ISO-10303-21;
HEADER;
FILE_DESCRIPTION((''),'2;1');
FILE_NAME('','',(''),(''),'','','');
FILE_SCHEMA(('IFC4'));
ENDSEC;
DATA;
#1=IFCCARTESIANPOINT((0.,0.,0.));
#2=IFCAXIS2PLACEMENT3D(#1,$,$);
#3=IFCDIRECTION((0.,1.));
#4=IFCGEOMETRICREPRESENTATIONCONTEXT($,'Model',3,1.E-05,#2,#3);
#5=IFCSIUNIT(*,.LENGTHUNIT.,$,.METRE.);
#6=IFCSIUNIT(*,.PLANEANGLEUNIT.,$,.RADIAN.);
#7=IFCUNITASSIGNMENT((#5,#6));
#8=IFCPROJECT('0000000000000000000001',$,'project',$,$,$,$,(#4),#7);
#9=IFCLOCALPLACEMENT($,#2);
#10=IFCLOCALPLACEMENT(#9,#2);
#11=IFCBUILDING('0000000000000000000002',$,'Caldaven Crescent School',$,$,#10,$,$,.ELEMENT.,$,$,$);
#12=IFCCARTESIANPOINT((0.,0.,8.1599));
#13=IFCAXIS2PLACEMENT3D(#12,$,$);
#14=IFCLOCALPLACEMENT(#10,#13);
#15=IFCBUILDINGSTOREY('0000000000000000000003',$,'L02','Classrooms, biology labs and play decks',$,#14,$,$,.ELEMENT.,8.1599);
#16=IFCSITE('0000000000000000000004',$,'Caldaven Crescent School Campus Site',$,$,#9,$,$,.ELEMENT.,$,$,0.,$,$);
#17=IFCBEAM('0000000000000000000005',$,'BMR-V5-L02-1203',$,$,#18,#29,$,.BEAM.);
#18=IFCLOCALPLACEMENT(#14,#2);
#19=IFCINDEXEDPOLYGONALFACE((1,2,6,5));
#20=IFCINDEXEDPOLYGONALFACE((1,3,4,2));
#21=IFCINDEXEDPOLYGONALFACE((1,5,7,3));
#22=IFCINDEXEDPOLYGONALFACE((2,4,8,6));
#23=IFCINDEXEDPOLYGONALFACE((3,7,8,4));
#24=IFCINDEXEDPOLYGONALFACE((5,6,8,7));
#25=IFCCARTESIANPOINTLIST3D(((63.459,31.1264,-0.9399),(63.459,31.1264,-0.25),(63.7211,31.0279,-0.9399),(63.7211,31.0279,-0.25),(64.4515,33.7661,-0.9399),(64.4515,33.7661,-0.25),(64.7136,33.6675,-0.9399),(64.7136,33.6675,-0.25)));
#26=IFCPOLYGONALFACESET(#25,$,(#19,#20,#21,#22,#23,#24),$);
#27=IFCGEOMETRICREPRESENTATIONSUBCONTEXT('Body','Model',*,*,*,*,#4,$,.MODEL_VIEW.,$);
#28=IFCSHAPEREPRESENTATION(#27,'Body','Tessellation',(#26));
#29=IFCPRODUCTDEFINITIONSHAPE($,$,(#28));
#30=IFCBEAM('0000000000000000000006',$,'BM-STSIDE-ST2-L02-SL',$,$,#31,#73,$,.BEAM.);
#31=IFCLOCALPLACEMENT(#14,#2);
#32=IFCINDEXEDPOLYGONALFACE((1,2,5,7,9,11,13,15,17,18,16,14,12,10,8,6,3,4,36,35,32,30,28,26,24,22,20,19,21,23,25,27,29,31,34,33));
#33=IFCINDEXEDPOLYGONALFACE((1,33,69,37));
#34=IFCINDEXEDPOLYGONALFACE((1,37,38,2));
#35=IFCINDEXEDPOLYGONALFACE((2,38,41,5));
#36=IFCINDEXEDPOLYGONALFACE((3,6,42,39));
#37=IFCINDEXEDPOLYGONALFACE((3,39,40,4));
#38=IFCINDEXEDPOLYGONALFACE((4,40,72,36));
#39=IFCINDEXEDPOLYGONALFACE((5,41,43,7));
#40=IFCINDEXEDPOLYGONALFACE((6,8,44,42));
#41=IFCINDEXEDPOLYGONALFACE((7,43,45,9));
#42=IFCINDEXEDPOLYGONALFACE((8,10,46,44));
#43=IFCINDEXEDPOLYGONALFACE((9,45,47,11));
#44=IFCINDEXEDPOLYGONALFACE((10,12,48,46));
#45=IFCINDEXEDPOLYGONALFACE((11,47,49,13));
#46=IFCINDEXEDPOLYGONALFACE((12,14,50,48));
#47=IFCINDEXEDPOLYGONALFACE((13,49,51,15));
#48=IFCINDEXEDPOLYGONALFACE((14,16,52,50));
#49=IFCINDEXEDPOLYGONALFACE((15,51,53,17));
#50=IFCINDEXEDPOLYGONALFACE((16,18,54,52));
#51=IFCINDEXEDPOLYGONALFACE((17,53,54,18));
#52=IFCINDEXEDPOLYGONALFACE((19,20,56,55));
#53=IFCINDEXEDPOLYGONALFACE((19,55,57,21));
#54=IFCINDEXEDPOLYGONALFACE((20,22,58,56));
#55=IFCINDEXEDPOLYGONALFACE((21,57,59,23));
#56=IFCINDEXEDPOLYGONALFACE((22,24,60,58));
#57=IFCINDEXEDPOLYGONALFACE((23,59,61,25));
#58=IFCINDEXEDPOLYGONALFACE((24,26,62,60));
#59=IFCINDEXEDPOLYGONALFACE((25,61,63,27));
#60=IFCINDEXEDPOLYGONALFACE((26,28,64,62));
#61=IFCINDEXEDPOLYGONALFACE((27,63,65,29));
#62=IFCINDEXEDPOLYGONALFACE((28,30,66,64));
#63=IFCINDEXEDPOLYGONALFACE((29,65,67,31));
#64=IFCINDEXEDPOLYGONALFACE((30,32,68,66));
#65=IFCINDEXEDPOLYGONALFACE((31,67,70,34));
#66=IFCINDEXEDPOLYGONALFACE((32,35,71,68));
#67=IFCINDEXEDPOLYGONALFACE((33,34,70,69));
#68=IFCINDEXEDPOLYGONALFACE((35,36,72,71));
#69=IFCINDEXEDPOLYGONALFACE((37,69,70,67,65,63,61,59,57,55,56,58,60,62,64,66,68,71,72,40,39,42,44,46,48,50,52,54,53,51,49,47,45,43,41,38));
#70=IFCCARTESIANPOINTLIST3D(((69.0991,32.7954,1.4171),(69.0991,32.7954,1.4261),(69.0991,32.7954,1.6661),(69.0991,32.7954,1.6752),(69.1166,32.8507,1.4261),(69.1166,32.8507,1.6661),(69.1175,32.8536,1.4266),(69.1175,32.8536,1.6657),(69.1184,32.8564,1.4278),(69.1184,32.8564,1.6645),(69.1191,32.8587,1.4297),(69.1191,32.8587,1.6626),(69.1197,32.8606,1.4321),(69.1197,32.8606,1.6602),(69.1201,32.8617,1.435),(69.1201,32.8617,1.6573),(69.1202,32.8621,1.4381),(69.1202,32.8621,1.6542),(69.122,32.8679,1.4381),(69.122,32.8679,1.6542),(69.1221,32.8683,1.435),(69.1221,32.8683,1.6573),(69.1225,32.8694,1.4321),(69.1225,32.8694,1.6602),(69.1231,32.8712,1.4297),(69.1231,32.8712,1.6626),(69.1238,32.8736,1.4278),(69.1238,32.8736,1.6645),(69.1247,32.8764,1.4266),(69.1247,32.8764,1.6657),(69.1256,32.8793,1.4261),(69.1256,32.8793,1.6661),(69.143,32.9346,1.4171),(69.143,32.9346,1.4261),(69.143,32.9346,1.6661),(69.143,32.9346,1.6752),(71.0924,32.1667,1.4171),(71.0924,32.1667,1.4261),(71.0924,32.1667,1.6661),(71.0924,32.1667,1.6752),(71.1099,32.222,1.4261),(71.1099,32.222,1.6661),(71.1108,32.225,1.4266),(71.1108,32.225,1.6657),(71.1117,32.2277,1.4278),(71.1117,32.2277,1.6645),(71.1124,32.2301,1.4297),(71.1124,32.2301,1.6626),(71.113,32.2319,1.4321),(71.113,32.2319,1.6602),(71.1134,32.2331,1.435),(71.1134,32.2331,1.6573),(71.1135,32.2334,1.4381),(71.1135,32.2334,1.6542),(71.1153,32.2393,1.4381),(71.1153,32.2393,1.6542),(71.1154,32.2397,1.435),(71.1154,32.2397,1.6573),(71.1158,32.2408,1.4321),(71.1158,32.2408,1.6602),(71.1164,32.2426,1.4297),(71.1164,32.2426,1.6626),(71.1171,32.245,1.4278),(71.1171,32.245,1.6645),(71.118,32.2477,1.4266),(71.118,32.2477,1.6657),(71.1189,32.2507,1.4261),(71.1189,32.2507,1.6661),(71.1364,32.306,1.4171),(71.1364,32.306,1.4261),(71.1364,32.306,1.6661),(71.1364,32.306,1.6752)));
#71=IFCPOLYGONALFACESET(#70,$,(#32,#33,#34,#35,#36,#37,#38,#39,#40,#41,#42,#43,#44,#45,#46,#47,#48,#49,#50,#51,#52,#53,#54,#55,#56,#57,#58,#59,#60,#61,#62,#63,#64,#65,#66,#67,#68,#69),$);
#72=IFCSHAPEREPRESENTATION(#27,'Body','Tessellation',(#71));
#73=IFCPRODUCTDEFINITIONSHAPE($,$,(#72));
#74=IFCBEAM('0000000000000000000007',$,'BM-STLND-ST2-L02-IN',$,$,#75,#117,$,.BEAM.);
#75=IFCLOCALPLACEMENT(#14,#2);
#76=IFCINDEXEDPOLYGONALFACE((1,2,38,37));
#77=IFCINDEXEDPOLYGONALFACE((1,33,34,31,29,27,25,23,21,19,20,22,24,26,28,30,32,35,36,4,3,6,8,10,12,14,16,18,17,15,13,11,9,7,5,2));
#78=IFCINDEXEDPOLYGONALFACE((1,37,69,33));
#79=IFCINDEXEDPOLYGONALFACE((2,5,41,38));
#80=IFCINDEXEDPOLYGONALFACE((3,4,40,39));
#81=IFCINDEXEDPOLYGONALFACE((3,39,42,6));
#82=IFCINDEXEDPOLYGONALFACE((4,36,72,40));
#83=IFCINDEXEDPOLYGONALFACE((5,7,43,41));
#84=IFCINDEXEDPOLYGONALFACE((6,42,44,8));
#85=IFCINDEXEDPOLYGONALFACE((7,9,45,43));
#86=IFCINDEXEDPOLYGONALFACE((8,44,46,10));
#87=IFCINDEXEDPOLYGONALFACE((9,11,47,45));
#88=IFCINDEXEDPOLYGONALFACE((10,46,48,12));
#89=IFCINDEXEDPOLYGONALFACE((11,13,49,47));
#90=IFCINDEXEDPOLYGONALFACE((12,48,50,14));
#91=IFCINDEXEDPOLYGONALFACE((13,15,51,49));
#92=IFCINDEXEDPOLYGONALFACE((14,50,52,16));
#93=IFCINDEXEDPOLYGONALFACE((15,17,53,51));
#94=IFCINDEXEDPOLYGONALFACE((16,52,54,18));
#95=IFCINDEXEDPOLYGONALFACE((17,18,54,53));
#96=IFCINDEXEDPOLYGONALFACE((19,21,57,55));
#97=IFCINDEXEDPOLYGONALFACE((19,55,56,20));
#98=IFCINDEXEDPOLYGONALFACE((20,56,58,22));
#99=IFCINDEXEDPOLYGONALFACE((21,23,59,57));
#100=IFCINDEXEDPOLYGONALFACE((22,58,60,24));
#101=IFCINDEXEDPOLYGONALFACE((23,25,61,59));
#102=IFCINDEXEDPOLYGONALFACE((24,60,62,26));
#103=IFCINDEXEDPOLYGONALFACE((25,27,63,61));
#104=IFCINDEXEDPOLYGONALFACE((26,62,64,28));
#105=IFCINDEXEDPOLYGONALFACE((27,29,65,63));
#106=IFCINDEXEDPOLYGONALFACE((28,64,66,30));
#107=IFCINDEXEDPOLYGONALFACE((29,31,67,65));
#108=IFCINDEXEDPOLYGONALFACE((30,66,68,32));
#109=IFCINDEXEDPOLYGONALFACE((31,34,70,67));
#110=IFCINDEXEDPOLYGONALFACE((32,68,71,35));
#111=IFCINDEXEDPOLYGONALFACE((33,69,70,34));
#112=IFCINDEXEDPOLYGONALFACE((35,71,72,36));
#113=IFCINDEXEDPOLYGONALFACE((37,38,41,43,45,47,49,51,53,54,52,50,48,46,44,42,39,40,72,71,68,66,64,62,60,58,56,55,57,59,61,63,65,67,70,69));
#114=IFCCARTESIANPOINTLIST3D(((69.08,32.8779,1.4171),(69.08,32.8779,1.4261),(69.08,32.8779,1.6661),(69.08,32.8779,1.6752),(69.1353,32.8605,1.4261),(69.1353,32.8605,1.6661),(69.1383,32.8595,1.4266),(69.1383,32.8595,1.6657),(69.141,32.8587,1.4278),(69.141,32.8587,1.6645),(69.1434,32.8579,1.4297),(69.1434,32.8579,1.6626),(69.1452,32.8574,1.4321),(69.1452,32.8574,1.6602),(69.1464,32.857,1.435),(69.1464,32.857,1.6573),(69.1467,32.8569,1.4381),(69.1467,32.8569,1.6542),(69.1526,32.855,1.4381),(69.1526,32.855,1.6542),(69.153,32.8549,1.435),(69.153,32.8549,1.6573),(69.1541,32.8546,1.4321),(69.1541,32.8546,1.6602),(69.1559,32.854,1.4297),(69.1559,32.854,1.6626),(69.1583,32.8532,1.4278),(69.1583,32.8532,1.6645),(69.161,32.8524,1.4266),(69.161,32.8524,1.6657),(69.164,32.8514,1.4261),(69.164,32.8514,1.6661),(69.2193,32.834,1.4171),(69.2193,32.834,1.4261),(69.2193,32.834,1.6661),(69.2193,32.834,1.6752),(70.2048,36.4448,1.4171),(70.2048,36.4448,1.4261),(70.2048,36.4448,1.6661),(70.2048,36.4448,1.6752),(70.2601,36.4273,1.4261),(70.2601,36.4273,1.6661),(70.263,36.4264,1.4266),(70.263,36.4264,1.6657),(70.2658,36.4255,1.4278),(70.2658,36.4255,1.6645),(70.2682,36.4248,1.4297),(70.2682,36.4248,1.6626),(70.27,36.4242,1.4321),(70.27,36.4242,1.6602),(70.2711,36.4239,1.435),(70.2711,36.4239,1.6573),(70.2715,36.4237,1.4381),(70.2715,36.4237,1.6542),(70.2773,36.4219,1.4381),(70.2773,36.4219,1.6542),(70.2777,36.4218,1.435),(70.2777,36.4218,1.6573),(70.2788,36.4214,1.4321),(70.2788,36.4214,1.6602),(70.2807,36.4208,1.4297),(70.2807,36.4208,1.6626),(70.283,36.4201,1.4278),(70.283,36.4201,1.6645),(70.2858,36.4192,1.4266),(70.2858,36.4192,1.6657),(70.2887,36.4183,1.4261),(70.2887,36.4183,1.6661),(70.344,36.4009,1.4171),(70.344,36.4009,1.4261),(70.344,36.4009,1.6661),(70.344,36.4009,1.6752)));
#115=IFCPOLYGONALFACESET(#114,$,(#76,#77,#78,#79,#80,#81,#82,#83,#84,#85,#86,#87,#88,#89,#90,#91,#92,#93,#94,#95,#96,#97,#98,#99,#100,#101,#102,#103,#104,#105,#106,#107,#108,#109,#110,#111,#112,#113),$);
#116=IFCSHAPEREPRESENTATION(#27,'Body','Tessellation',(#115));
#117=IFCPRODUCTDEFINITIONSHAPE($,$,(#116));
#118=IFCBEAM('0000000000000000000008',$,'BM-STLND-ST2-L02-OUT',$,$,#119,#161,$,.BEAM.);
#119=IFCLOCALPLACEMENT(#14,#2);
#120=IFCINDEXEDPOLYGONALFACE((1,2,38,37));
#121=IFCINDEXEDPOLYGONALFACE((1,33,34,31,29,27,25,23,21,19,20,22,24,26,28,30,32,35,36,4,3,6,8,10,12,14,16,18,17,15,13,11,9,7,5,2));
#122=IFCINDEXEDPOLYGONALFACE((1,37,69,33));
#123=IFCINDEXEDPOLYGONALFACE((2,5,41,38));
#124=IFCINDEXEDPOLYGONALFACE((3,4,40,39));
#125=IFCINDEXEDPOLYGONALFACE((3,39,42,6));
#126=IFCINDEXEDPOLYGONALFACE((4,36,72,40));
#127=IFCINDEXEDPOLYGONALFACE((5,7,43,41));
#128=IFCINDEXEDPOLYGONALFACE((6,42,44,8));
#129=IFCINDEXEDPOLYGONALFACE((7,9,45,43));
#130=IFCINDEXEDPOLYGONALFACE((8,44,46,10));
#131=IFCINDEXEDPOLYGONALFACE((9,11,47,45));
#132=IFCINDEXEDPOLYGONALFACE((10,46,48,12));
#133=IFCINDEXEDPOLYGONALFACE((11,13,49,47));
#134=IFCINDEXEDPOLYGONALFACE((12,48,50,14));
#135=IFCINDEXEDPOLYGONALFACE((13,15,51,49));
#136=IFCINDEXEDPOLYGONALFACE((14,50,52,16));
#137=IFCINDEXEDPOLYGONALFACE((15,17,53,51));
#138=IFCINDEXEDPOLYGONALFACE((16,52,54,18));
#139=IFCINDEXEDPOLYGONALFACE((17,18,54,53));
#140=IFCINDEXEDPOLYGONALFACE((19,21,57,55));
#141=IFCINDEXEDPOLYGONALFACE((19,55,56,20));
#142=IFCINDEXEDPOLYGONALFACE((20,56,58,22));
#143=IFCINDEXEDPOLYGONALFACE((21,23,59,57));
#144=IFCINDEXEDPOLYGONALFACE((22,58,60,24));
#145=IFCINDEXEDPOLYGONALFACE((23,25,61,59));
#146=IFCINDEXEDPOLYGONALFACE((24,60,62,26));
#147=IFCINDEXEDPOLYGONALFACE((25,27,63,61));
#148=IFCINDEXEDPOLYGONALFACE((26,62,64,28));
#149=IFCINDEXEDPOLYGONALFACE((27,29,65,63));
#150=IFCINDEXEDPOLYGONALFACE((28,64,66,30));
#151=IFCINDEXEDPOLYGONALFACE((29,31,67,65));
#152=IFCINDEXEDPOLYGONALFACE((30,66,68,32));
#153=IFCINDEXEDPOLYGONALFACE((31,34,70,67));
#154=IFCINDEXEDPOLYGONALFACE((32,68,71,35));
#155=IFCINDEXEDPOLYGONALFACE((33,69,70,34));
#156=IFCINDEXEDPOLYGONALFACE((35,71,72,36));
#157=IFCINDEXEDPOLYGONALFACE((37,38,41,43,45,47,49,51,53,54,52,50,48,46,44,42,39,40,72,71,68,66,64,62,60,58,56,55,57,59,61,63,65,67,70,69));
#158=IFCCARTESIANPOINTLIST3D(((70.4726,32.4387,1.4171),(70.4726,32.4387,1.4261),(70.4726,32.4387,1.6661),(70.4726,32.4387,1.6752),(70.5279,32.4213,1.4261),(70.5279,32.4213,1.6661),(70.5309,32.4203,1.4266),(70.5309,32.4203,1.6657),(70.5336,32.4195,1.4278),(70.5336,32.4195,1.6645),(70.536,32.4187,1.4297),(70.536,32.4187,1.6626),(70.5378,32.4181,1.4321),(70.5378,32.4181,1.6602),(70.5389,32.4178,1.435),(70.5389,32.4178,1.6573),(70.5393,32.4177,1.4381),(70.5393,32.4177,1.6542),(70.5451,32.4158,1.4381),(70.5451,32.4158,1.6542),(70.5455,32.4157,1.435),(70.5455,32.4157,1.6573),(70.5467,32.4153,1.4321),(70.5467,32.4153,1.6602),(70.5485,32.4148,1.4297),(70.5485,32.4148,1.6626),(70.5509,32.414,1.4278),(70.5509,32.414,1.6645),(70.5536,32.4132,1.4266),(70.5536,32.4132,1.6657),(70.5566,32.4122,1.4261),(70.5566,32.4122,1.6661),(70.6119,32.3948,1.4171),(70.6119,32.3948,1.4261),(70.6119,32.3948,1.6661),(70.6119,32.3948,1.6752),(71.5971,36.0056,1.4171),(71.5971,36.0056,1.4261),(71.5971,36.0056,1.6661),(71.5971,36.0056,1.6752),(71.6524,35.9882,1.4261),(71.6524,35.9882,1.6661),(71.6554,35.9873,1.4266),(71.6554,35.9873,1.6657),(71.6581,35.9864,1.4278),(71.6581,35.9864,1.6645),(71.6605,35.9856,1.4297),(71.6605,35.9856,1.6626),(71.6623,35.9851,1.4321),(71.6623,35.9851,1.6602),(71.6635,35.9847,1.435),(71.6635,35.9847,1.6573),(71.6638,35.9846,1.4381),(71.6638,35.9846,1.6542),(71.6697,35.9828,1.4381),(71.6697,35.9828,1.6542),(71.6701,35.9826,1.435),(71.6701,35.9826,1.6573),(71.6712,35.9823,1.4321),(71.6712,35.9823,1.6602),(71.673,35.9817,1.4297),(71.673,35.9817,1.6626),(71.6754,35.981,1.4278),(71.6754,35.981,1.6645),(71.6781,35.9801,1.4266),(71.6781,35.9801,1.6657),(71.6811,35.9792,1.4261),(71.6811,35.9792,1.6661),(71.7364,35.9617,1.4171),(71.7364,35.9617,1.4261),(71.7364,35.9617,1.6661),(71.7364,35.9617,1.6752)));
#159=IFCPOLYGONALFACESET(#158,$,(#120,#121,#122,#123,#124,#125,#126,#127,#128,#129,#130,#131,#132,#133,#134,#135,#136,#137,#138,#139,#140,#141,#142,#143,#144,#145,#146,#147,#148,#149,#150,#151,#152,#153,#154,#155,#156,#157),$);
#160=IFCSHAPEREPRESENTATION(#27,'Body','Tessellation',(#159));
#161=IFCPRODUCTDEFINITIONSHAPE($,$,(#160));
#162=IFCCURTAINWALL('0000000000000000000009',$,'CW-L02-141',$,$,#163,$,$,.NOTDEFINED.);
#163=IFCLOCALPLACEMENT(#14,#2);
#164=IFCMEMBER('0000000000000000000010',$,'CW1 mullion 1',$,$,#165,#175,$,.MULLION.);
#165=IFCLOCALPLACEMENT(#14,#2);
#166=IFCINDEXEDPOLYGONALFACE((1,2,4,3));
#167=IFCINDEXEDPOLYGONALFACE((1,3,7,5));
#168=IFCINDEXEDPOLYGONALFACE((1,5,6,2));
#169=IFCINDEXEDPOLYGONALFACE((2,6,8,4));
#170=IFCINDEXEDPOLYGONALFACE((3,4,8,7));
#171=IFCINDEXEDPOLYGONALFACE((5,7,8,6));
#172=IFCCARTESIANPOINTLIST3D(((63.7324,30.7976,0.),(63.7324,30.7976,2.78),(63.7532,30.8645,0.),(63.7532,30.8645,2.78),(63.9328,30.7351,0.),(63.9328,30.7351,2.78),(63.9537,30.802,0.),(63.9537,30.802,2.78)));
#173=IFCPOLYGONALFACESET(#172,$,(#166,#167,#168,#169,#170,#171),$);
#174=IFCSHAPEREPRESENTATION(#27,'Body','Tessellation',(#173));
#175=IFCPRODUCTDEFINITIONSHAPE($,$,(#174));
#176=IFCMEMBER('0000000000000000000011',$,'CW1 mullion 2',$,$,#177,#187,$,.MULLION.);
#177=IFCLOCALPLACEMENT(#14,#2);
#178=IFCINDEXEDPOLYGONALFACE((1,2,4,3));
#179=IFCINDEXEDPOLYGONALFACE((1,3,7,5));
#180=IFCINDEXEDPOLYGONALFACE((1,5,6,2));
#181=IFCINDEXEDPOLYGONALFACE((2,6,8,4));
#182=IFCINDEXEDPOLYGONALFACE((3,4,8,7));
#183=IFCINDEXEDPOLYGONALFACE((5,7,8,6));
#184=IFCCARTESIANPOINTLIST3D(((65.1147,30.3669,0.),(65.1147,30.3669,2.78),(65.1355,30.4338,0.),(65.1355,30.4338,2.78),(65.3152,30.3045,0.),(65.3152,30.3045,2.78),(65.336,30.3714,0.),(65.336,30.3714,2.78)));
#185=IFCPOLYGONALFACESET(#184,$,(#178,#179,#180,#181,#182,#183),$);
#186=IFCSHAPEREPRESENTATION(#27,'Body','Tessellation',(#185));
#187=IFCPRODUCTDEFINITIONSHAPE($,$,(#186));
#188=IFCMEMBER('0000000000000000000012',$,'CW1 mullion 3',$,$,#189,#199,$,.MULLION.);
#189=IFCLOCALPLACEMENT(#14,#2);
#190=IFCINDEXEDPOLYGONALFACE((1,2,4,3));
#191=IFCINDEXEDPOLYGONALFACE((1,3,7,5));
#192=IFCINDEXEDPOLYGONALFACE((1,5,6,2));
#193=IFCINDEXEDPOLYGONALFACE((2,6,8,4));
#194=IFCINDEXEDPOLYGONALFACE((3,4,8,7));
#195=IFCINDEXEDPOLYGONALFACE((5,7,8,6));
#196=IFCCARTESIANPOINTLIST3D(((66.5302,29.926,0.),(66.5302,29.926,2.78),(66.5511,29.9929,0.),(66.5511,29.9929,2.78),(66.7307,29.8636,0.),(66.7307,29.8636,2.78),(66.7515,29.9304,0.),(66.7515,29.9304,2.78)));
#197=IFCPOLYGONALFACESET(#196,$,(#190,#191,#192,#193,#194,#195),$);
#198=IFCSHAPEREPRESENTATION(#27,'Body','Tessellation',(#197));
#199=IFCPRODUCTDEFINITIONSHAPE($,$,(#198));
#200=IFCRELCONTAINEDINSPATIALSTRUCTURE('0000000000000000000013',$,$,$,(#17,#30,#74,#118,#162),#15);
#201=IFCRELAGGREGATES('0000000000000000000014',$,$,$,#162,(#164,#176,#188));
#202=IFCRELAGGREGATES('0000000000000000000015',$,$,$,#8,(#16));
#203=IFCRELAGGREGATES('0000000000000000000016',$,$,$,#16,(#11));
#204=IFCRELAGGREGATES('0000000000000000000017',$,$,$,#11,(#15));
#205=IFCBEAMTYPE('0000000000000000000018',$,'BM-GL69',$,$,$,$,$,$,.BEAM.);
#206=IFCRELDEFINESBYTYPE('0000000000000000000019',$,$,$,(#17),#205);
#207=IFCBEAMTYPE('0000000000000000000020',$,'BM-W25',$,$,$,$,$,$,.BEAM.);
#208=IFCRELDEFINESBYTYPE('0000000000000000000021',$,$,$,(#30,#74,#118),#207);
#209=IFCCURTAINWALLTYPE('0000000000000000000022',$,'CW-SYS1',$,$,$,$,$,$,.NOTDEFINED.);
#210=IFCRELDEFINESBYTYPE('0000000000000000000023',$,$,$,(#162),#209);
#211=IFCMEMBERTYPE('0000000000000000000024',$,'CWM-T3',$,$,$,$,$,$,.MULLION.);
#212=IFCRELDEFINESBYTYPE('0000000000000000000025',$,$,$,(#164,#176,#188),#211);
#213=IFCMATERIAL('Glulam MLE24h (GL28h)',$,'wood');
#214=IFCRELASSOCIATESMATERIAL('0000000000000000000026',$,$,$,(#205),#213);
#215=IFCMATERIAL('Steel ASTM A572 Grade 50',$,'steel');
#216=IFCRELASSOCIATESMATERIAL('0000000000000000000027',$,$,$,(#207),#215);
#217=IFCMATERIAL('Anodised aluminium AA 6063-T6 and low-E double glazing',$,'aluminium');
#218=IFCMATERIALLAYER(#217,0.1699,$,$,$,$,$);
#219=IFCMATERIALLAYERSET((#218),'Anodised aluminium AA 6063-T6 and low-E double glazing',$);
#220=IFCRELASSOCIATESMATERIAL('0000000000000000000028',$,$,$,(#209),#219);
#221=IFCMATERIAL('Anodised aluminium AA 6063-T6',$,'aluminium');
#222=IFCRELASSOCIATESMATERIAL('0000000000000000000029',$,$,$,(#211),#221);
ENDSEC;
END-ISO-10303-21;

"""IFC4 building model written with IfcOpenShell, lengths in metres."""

from ifc_helpers import new_model, si_unit, direction, frame, origin, origin_2d, place, context, subcontext, project, spatial, rectangle, i_section, extrude, material, layer, layer_set, material_profile, profile_set, type_object, element, aggregate, save


model = new_model("IFC4")

# Units and contexts
model_context = context("Model", 3, precision=1e-05, world=origin(), true_north=direction((0.0, 1.0)))
body_context = subcontext(model_context, "Body", "Model", "MODEL_VIEW")
ifc_project = project(units=[si_unit("LENGTHUNIT", "METRE"), si_unit("PLANEANGLEUNIT", "RADIAN")], contexts=[model_context])

# Site, building, storey
site_placement = place(None, origin())
site = spatial("IfcSite", under=ifc_project, at=site_placement, Name="Caldaven Crescent School Campus Site", CompositionType="ELEMENT", RefElevation=0.0)
building_placement = place(site_placement, origin())
building = spatial("IfcBuilding", under=site, at=building_placement, Name="Caldaven Crescent School", CompositionType="ELEMENT")
storey_placement = place(building_placement, frame((0.0, 0.0, 8.1599)))
storey = spatial("IfcBuildingStorey", under=building, at=storey_placement, Name="L02", Description="Classrooms, biology labs and play decks", CompositionType="ELEMENT", Elevation=8.1599)

# Shared definitions
ifc_material_1 = material(Name="Glulam MLE24h (GL28h)", Category="wood")
ifc_material_2 = material(Name="Steel ASTM A572 Grade 50", Category="steel")

# Beams
ifc_material_profile_1 = material_profile(ifc_material_1, rectangle(XDim=0.28, YDim=0.6899, at=origin_2d()), Name="MLE 280x690")
ifc_profile_set_1 = profile_set([ifc_material_profile_1], Name="Glulam MLE24h (GL28h)")
beam_type_1 = type_object("IfcBeamType", Name="BM-GL69", PredefinedType="BEAM", material=ifc_profile_set_1)
beam_1_placement = place(storey_placement, frame((64.5825, 33.7168, -0.595), z_axis=(-0.35192, -0.93603, 0.0), x_axis=(0.93603, -0.35192, 0.0)))
element("IfcBeam", 1, at=beam_1_placement, inside=storey, type_object=beam_type_1, Name="BMR-V5-L02-1203", PredefinedType="BEAM", context=body_context, shape_type="SweptSolid", body=[
    extrude(rectangle(XDim=0.28, YDim=0.6899, at=origin_2d()), origin(), (0.0, 0.0, 1.0), 2.8201),
])
ifc_material_profile_2 = material_profile(ifc_material_2, i_section(OverallWidth=0.146, OverallDepth=0.2581, WebThickness=0.0061, FlangeThickness=0.009, FilletRadius=0.012, at=origin_2d()), Name="W250x33")
ifc_profile_set_2 = profile_set([ifc_material_profile_2], Name="Steel ASTM A572 Grade 50")
beam_type_2 = type_object("IfcBeamType", Name="BM-W25", PredefinedType="BEAM", material=ifc_profile_set_2)
beam_2_placement = place(storey_placement, frame((69.1211, 32.865, 1.5461), z_axis=(0.953697, -0.300768, 0.0), x_axis=(0.300768, 0.953697, 0.0)))
element("IfcBeam", 2, at=beam_2_placement, inside=storey, type_object=beam_type_2, Name="BM-STSIDE-ST2-L02-SL", PredefinedType="BEAM", context=body_context, shape_type="SweptSolid", body=[
    extrude(i_section(OverallWidth=0.146, OverallDepth=0.2581, WebThickness=0.0061, FlangeThickness=0.009, FilletRadius=0.012, at=origin_2d()), origin(), (0.0, 0.0, 1.0), 2.0901),
])
for number, where, z_axis, x_axis, name in (
    (3, (69.1497, 32.856, 1.5461), (0.300735, 0.953708, 0.0), (-0.953708, 0.300735, 0.0), "BM-STLND-ST2-L02-IN"),
    (4, (70.5422, 32.4167, 1.5461), (0.300675, 0.953727, 0.0), (-0.953727, 0.300675, 0.0), "BM-STLND-ST2-L02-OUT"),
):
    element("IfcBeam", number, at=place(storey_placement, frame(where, z_axis=z_axis, x_axis=x_axis)), inside=storey, type_object=beam_type_2, Name=name, PredefinedType="BEAM", context=body_context, shape_type="SweptSolid", body=[
        extrude(i_section(OverallWidth=0.146, OverallDepth=0.2581, WebThickness=0.0061, FlangeThickness=0.009, FilletRadius=0.012, at=origin_2d()), origin(), (0.0, 0.0, 1.0), 3.74),
    ])

# Curtain wall, members
ifc_material_3 = material(Name="Anodised aluminium AA 6063-T6 and low-E double glazing", Category="aluminium")
ifc_layer_1 = layer(ifc_material_3, 0.1699)
ifc_layer_set_1 = layer_set([ifc_layer_1], Name="Anodised aluminium AA 6063-T6 and low-E double glazing")
curtain_wall_type = type_object("IfcCurtainWallType", Name="CW-SYS1", PredefinedType="NOTDEFINED", material=ifc_layer_set_1)
curtain_wall_placement = place(storey_placement, origin())
curtain_wall = element("IfcCurtainWall", 5, at=curtain_wall_placement, inside=storey, type_object=curtain_wall_type, Name="CW-L02-141", PredefinedType="NOTDEFINED")
ifc_material_4 = material(Name="Anodised aluminium AA 6063-T6", Category="aluminium")
ifc_material_profile_3 = material_profile(ifc_material_4, rectangle(XDim=0.0701, YDim=0.21, at=origin_2d()), Name="CWM 70x210")
ifc_profile_set_3 = profile_set([ifc_material_profile_3], Name="Anodised aluminium AA 6063-T6")
member_type_1 = type_object("IfcMemberType", Name="CWM-T3", PredefinedType="MULLION", material=ifc_profile_set_3)
member_1_placement = place(storey_placement, frame((63.843, 30.7998, 0.0), z_axis=(0.0, 0.0, 1.0), x_axis=(0.29742, 0.954747, 0.0)))
member_1 = element("IfcMember", 6, at=member_1_placement, type_object=member_type_1, Name="CW1 mullion 1", PredefinedType="MULLION", context=body_context, shape_type="SweptSolid", body=[
    extrude(rectangle(XDim=0.0701, YDim=0.21, at=origin_2d()), origin(), (0.0, 0.0, 1.0), 2.78),
])
member_2_placement = place(storey_placement, frame((65.2253, 30.3691, 0.0), z_axis=(0.0, 0.0, 1.0), x_axis=(0.29742, 0.954747, 0.0)))
member_2 = element("IfcMember", 7, at=member_2_placement, type_object=member_type_1, Name="CW1 mullion 2", PredefinedType="MULLION", context=body_context, shape_type="SweptSolid", body=[
    extrude(rectangle(XDim=0.0701, YDim=0.21, at=origin_2d()), origin(), (0.0, 0.0, 1.0), 2.78),
])
member_3_placement = place(storey_placement, frame((66.6409, 29.9282, 0.0), z_axis=(0.0, 0.0, 1.0), x_axis=(0.29742, 0.954747, 0.0)))
member_3 = element("IfcMember", 8, at=member_3_placement, type_object=member_type_1, Name="CW1 mullion 3", PredefinedType="MULLION", context=body_context, shape_type="SweptSolid", body=[
    extrude(rectangle(XDim=0.0701, YDim=0.21, at=origin_2d()), origin(), (0.0, 0.0, 1.0), 2.78),
])

aggregate(curtain_wall, [member_1, member_2, member_3])

save(model, "model.ifc")
